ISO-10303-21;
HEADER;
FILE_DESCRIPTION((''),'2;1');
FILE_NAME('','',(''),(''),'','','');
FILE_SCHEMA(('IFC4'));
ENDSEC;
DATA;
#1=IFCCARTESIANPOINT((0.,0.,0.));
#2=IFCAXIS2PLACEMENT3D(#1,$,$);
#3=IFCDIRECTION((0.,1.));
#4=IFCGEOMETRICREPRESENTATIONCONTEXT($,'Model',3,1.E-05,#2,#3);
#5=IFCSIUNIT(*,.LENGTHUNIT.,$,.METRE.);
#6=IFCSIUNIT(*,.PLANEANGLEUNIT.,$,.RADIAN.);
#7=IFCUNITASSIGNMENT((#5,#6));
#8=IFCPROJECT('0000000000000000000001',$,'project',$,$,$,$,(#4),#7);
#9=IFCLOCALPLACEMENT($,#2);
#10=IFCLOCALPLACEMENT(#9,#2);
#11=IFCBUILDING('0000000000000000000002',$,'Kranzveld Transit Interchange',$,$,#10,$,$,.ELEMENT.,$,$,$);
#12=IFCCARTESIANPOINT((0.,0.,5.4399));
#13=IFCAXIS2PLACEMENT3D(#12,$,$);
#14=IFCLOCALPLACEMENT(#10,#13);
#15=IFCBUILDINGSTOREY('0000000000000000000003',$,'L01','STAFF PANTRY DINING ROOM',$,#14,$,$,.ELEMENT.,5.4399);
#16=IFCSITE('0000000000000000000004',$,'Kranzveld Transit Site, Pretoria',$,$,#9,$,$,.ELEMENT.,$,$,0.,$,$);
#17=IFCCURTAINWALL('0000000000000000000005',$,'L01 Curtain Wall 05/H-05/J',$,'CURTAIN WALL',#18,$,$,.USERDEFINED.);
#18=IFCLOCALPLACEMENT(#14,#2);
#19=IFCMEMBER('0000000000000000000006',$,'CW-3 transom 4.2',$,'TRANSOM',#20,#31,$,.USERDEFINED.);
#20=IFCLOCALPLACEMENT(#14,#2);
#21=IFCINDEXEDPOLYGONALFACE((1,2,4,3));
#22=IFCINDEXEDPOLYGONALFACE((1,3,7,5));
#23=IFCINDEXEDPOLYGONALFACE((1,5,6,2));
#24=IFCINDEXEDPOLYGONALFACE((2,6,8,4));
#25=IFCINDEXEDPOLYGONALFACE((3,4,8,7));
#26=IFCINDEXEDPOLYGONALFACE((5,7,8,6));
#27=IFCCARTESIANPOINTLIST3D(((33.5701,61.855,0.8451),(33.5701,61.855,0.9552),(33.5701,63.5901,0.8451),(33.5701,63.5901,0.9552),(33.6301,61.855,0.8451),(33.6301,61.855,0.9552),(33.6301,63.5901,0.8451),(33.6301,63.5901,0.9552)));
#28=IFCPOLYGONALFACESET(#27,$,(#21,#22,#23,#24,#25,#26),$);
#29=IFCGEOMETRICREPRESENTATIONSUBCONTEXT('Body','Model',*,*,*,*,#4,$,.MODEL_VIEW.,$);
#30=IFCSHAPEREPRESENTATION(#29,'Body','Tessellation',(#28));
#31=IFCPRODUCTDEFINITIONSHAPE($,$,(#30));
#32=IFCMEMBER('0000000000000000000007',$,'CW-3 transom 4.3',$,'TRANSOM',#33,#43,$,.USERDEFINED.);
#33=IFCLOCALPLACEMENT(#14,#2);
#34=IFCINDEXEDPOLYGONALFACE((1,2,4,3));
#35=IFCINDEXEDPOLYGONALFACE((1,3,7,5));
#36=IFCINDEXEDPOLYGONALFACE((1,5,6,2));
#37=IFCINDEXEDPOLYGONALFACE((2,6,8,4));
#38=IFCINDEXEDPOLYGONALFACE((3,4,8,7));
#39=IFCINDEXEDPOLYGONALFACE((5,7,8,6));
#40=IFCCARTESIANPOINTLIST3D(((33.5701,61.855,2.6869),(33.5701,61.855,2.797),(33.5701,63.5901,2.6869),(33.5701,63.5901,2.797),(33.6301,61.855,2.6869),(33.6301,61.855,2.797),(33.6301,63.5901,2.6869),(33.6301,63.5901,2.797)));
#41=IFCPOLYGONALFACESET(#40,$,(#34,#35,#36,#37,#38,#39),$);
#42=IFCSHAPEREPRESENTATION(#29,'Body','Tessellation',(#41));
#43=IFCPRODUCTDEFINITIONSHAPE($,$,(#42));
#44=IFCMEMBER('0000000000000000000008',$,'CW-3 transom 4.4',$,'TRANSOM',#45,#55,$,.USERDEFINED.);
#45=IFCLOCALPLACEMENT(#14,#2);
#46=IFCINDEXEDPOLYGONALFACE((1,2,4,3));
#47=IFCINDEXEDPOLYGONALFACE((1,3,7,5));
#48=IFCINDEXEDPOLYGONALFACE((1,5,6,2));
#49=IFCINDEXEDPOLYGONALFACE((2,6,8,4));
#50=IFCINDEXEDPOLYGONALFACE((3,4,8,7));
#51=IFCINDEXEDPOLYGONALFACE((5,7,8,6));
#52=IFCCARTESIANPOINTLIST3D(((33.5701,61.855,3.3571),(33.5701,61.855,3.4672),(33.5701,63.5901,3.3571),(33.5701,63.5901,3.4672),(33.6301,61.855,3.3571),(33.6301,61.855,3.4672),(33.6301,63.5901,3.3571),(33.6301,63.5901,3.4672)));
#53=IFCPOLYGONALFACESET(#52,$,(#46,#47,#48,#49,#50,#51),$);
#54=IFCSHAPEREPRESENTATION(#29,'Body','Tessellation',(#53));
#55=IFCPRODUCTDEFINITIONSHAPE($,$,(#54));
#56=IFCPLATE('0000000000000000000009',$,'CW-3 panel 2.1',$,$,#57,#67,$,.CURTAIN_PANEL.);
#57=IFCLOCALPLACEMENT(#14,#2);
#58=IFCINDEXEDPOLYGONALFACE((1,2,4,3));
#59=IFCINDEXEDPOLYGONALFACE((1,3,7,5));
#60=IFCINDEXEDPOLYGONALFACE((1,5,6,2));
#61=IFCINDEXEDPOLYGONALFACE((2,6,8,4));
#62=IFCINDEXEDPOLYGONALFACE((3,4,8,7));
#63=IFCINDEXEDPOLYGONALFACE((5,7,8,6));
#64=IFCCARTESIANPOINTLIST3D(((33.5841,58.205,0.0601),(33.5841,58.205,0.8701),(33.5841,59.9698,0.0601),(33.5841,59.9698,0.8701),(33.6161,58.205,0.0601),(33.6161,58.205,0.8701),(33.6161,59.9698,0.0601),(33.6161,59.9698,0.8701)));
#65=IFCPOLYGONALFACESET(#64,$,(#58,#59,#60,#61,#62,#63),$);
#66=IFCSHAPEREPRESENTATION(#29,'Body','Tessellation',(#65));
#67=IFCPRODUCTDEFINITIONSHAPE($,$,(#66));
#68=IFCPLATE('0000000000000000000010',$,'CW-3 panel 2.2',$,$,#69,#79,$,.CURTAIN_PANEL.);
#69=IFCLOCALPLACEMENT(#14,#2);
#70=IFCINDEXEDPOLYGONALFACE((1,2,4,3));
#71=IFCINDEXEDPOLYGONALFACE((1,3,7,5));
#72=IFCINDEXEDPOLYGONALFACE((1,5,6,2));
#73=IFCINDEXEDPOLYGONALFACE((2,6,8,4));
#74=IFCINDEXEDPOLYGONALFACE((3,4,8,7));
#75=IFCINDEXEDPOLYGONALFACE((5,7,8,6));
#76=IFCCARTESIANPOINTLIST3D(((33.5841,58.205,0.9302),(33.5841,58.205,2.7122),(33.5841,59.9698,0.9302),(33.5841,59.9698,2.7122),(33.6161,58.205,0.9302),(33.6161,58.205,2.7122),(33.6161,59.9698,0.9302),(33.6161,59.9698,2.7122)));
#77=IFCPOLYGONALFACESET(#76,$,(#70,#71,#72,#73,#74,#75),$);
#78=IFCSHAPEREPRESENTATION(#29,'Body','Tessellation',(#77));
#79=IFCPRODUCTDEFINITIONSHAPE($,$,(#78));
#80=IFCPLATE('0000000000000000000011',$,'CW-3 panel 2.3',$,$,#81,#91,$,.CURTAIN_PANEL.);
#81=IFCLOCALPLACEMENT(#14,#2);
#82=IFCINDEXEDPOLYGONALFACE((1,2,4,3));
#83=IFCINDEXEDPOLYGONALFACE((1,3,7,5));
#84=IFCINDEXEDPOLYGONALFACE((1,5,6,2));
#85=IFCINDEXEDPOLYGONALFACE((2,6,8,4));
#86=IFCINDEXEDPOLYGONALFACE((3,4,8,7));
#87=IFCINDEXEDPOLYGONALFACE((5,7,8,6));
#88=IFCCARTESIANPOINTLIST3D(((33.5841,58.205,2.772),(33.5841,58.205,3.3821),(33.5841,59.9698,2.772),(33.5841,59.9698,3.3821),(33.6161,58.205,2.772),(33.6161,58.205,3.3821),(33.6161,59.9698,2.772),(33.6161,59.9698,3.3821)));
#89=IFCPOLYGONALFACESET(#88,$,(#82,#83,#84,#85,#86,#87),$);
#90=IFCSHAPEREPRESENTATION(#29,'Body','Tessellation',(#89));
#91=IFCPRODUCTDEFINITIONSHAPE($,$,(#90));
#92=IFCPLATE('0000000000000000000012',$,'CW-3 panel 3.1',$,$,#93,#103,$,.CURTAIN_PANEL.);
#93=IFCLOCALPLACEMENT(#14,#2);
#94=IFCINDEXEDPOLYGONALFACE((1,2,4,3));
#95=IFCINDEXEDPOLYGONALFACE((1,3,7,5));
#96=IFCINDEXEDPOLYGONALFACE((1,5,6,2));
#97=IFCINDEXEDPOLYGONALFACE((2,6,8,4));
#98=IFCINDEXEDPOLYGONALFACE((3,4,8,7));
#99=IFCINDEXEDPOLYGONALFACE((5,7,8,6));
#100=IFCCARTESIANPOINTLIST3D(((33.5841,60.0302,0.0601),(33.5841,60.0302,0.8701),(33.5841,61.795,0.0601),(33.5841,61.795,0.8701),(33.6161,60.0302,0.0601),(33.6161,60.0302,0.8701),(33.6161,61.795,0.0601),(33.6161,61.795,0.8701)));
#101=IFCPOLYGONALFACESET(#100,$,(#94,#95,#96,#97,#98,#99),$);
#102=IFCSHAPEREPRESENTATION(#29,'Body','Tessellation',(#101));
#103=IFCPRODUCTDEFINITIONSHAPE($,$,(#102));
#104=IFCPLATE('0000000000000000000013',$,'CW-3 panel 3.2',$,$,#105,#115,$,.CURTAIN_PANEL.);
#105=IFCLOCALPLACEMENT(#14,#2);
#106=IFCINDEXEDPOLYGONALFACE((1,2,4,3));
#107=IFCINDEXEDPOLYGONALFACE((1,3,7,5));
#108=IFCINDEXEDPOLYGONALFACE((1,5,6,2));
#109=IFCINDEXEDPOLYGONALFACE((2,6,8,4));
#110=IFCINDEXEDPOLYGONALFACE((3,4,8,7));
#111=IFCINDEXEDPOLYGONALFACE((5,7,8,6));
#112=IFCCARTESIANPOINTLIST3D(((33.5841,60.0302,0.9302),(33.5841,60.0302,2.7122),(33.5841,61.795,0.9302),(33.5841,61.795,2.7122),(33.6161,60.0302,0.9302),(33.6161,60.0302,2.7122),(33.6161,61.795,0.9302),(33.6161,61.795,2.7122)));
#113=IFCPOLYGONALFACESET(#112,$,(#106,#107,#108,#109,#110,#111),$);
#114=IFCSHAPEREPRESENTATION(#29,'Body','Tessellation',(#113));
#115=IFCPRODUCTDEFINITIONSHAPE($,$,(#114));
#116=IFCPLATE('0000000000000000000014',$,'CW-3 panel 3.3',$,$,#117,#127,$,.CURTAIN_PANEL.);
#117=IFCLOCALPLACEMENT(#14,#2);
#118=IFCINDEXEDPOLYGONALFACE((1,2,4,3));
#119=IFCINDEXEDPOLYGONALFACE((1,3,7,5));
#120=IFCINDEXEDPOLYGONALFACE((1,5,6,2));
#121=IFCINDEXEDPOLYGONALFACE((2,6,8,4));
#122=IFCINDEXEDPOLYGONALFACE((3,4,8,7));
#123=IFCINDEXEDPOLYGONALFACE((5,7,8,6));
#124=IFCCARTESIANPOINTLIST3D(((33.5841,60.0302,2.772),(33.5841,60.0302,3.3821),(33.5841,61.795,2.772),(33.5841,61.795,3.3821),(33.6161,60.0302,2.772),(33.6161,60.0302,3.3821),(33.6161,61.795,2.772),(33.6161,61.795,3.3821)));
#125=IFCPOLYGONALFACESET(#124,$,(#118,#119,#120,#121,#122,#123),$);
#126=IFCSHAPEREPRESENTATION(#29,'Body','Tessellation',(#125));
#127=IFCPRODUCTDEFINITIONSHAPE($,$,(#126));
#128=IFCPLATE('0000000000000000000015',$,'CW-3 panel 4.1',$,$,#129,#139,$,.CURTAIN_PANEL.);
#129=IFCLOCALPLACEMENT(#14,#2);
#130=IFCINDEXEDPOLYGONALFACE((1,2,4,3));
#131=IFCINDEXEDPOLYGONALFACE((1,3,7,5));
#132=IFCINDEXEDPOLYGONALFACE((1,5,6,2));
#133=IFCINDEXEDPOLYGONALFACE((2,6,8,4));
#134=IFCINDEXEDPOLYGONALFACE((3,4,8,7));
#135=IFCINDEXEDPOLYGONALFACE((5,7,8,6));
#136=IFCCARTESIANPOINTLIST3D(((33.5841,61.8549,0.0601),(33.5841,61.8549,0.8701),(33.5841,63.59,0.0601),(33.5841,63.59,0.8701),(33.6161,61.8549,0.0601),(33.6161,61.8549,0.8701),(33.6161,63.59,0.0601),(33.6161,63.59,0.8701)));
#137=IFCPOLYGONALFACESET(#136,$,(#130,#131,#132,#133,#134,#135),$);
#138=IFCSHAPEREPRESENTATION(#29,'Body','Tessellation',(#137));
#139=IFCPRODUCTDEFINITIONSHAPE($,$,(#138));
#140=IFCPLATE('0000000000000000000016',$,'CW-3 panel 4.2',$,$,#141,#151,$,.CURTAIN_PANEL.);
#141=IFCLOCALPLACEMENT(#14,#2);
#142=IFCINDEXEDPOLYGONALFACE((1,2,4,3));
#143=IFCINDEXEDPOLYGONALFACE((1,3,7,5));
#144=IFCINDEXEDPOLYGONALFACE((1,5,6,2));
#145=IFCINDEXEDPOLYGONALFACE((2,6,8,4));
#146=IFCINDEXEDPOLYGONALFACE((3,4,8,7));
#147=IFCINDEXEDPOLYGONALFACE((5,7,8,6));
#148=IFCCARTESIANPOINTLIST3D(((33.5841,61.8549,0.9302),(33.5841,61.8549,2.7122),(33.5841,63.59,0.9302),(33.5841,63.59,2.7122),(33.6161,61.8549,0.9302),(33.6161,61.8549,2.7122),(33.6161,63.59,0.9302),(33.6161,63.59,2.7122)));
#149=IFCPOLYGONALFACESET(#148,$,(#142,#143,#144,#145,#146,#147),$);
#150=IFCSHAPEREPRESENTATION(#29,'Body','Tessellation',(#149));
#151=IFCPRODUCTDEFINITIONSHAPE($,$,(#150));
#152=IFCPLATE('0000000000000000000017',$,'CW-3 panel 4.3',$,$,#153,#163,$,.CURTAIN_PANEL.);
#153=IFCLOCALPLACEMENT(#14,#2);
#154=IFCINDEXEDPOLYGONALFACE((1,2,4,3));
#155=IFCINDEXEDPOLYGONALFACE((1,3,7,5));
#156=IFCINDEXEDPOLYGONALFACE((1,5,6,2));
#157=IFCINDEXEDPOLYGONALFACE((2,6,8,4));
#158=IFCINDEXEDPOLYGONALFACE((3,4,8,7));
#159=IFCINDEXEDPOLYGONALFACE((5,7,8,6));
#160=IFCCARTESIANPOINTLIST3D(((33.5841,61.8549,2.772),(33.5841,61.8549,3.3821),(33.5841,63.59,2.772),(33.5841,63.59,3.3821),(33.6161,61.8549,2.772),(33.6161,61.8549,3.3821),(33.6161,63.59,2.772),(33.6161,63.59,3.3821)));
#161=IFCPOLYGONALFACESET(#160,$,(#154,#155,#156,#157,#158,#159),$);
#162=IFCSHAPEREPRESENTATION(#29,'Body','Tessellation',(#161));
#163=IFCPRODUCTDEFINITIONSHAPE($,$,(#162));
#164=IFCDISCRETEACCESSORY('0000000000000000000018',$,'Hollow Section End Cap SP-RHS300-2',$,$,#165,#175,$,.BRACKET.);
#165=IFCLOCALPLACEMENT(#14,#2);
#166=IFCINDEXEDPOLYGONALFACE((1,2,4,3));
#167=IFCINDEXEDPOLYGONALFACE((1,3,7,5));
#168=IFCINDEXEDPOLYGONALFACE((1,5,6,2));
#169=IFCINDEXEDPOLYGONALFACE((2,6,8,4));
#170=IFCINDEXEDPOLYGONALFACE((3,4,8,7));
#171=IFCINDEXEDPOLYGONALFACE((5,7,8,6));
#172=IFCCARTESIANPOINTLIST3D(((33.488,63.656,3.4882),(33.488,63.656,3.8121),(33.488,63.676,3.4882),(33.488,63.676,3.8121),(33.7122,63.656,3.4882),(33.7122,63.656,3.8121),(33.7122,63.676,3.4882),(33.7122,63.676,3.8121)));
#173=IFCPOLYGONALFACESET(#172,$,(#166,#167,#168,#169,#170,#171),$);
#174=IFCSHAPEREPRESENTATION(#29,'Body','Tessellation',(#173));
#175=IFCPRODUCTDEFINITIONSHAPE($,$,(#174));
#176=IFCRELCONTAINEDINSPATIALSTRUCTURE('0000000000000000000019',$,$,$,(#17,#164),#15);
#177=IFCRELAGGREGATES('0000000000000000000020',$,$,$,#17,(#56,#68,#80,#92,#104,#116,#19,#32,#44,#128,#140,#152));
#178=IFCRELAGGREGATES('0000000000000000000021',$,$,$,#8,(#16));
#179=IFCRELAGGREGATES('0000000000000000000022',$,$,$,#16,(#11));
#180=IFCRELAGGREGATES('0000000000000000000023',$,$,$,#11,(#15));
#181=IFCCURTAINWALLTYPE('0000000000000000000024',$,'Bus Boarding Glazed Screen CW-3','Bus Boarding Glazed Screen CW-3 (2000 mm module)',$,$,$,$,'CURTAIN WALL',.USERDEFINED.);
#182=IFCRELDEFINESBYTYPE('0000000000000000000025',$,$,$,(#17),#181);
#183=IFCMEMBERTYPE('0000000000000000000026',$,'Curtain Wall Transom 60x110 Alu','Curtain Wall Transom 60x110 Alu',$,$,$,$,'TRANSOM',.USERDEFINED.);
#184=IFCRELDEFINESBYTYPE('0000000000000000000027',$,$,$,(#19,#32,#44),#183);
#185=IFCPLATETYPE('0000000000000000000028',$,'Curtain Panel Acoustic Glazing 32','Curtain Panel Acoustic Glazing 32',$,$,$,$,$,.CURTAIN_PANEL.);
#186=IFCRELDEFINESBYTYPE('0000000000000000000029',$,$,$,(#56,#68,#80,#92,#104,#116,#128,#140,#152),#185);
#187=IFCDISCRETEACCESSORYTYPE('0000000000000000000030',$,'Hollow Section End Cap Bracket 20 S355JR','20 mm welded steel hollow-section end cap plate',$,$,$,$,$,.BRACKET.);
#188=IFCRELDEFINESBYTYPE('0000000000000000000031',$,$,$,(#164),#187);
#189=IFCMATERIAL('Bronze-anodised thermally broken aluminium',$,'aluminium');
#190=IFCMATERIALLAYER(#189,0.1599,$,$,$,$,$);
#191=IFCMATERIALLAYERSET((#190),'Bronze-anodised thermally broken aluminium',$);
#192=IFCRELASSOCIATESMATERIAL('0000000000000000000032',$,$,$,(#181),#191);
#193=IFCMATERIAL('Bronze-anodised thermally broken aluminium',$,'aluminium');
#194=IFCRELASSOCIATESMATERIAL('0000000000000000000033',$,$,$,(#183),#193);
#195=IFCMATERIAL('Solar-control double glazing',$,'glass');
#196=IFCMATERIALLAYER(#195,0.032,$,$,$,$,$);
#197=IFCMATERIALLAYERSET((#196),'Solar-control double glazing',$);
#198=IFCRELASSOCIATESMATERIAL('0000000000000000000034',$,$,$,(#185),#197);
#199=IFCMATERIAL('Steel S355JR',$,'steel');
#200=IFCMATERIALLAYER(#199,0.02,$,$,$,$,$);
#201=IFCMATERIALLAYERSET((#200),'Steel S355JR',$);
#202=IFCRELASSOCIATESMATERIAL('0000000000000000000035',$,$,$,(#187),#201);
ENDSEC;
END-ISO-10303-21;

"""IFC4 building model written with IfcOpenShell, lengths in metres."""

from ifc_helpers import new_model, si_unit, direction, frame, origin, origin_2d, place, context, subcontext, project, spatial, rectangle, extrude, material, layer, layer_set, material_profile, profile_set, type_object, element, aggregate, save


model = new_model("IFC4")

# Units and contexts
model_context = context("Model", 3, precision=1e-05, world=origin(), true_north=direction((0.0, 1.0)))
body_context = subcontext(model_context, "Body", "Model", "MODEL_VIEW")
ifc_project = project(units=[si_unit("LENGTHUNIT", "METRE"), si_unit("PLANEANGLEUNIT", "RADIAN")], contexts=[model_context])

# Site, building, storey
site_placement = place(None, origin())
site = spatial("IfcSite", under=ifc_project, at=site_placement, Name="Kranzveld Transit Site, Pretoria", CompositionType="ELEMENT", RefElevation=0.0)
building_placement = place(site_placement, origin())
building = spatial("IfcBuilding", under=site, at=building_placement, Name="Kranzveld Transit Interchange", CompositionType="ELEMENT")
storey_placement = place(building_placement, frame((0.0, 0.0, 5.4399)))
storey = spatial("IfcBuildingStorey", under=building, at=storey_placement, Name="L01", Description="STAFF PANTRY DINING ROOM", CompositionType="ELEMENT", Elevation=5.4399)

# Curtain wall, members, plates
ifc_material_1 = material(Name="Bronze-anodised thermally broken aluminium", Category="aluminium")
ifc_layer_1 = layer(ifc_material_1, 0.1599)
ifc_layer_set_1 = layer_set([ifc_layer_1], Name="Bronze-anodised thermally broken aluminium")
curtain_wall_type = type_object("IfcCurtainWallType", Name="Bus Boarding Glazed Screen CW-3", Description="Bus Boarding Glazed Screen CW-3 (2000 mm module)", ElementType="CURTAIN WALL", PredefinedType="USERDEFINED", material=ifc_layer_set_1)
curtain_wall_placement = place(storey_placement, origin())
curtain_wall = element("IfcCurtainWall", 1, at=curtain_wall_placement, inside=storey, type_object=curtain_wall_type, Name="L01 Curtain Wall 05/H-05/J", ObjectType="CURTAIN WALL", PredefinedType="USERDEFINED")
ifc_material_2 = material(Name="Bronze-anodised thermally broken aluminium", Category="aluminium")
ifc_material_profile_1 = material_profile(ifc_material_2, rectangle(XDim=0.0601, YDim=0.1101, at=origin_2d()), Name="ALU TRANSOM 60x110")
ifc_profile_set_1 = profile_set([ifc_material_profile_1], Name="Bronze-anodised thermally broken aluminium")
member_type_1 = type_object("IfcMemberType", Name="Curtain Wall Transom 60x110 Alu", Description="Curtain Wall Transom 60x110 Alu", ElementType="TRANSOM", PredefinedType="USERDEFINED", material=ifc_profile_set_1)
member_1_placement = place(storey_placement, frame((33.6001, 61.855, 0.9001), z_axis=(0.0, 1.0, 0.0), x_axis=(-1.0, 0.0, 0.0)))
member_1 = element("IfcMember", 2, at=member_1_placement, type_object=member_type_1, Name="CW-3 transom 4.2", ObjectType="TRANSOM", PredefinedType="USERDEFINED", context=body_context, shape_type="SweptSolid", body=[
    extrude(rectangle(XDim=0.0601, YDim=0.1101, at=origin_2d()), origin(), (0.0, 0.0, 1.0), 1.7351),
])
member_2_placement = place(storey_placement, frame((33.6001, 61.855, 2.7419), z_axis=(0.0, 1.0, 0.0), x_axis=(-1.0, 0.0, 0.0)))
member_2 = element("IfcMember", 3, at=member_2_placement, type_object=member_type_1, Name="CW-3 transom 4.3", ObjectType="TRANSOM", PredefinedType="USERDEFINED", context=body_context, shape_type="SweptSolid", body=[
    extrude(rectangle(XDim=0.0601, YDim=0.1101, at=origin_2d()), origin(), (0.0, 0.0, 1.0), 1.7351),
])
member_3_placement = place(storey_placement, frame((33.6001, 61.855, 3.4121), z_axis=(0.0, 1.0, 0.0), x_axis=(-1.0, 0.0, 0.0)))
member_3 = element("IfcMember", 4, at=member_3_placement, type_object=member_type_1, Name="CW-3 transom 4.4", ObjectType="TRANSOM", PredefinedType="USERDEFINED", context=body_context, shape_type="SweptSolid", body=[
    extrude(rectangle(XDim=0.0601, YDim=0.1101, at=origin_2d()), origin(), (0.0, 0.0, 1.0), 1.7351),
])
ifc_material_3 = material(Name="Solar-control double glazing", Category="glass")
ifc_layer_2 = layer(ifc_material_3, 0.032)
ifc_layer_set_2 = layer_set([ifc_layer_2], Name="Solar-control double glazing")
plate_type = type_object("IfcPlateType", Name="Curtain Panel Acoustic Glazing 32", Description="Curtain Panel Acoustic Glazing 32", PredefinedType="CURTAIN_PANEL", material=ifc_layer_set_2)
plate_1_placement = place(storey_placement, frame((33.6001, 59.0874, 0.0601), z_axis=(0.0, 0.0, 1.0), x_axis=(0.0, 1.0, 0.0)))
plate_1 = element("IfcPlate", 5, at=plate_1_placement, type_object=plate_type, Name="CW-3 panel 2.1", PredefinedType="CURTAIN_PANEL", context=body_context, shape_type="SweptSolid", body=[
    extrude(rectangle(XDim=1.7649, YDim=0.032, at=origin_2d()), origin(), (0.0, 0.0, 1.0), 0.8101),
])
plate_2_placement = place(storey_placement, frame((33.6001, 59.0874, 0.9302), z_axis=(0.0, 0.0, 1.0), x_axis=(0.0, 1.0, 0.0)))
plate_2 = element("IfcPlate", 6, at=plate_2_placement, type_object=plate_type, Name="CW-3 panel 2.2", PredefinedType="CURTAIN_PANEL", context=body_context, shape_type="SweptSolid", body=[
    extrude(rectangle(XDim=1.7649, YDim=0.032, at=origin_2d()), origin(), (0.0, 0.0, 1.0), 1.782),
])
plate_3_placement = place(storey_placement, frame((33.6001, 59.0874, 2.772), z_axis=(0.0, 0.0, 1.0), x_axis=(0.0, 1.0, 0.0)))
plate_3 = element("IfcPlate", 7, at=plate_3_placement, type_object=plate_type, Name="CW-3 panel 2.3", PredefinedType="CURTAIN_PANEL", context=body_context, shape_type="SweptSolid", body=[
    extrude(rectangle(XDim=1.7649, YDim=0.032, at=origin_2d()), origin(), (0.0, 0.0, 1.0), 0.6101),
])
plate_4_placement = place(storey_placement, frame((33.6001, 60.9126, 0.0601), z_axis=(0.0, 0.0, 1.0), x_axis=(0.0, 1.0, 0.0)))
plate_4 = element("IfcPlate", 8, at=plate_4_placement, type_object=plate_type, Name="CW-3 panel 3.1", PredefinedType="CURTAIN_PANEL", context=body_context, shape_type="SweptSolid", body=[
    extrude(rectangle(XDim=1.7649, YDim=0.032, at=origin_2d()), origin(), (0.0, 0.0, 1.0), 0.8101),
])
plate_5_placement = place(storey_placement, frame((33.6001, 60.9126, 0.9302), z_axis=(0.0, 0.0, 1.0), x_axis=(0.0, 1.0, 0.0)))
plate_5 = element("IfcPlate", 9, at=plate_5_placement, type_object=plate_type, Name="CW-3 panel 3.2", PredefinedType="CURTAIN_PANEL", context=body_context, shape_type="SweptSolid", body=[
    extrude(rectangle(XDim=1.7649, YDim=0.032, at=origin_2d()), origin(), (0.0, 0.0, 1.0), 1.782),
])
plate_6_placement = place(storey_placement, frame((33.6001, 60.9126, 2.772), z_axis=(0.0, 0.0, 1.0), x_axis=(0.0, 1.0, 0.0)))
plate_6 = element("IfcPlate", 10, at=plate_6_placement, type_object=plate_type, Name="CW-3 panel 3.3", PredefinedType="CURTAIN_PANEL", context=body_context, shape_type="SweptSolid", body=[
    extrude(rectangle(XDim=1.7649, YDim=0.032, at=origin_2d()), origin(), (0.0, 0.0, 1.0), 0.6101),
])
plate_7_placement = place(storey_placement, frame((33.6001, 62.7224, 0.0601), z_axis=(0.0, 0.0, 1.0), x_axis=(0.0, 1.0, 0.0)))
plate_7 = element("IfcPlate", 11, at=plate_7_placement, type_object=plate_type, Name="CW-3 panel 4.1", PredefinedType="CURTAIN_PANEL", context=body_context, shape_type="SweptSolid", body=[
    extrude(rectangle(XDim=1.7351, YDim=0.032, at=origin_2d()), origin(), (0.0, 0.0, 1.0), 0.8101),
])
plate_8_placement = place(storey_placement, frame((33.6001, 62.7224, 0.9302), z_axis=(0.0, 0.0, 1.0), x_axis=(0.0, 1.0, 0.0)))
plate_8 = element("IfcPlate", 12, at=plate_8_placement, type_object=plate_type, Name="CW-3 panel 4.2", PredefinedType="CURTAIN_PANEL", context=body_context, shape_type="SweptSolid", body=[
    extrude(rectangle(XDim=1.7351, YDim=0.032, at=origin_2d()), origin(), (0.0, 0.0, 1.0), 1.782),
])
plate_9_placement = place(storey_placement, frame((33.6001, 62.7224, 2.772), z_axis=(0.0, 0.0, 1.0), x_axis=(0.0, 1.0, 0.0)))
plate_9 = element("IfcPlate", 13, at=plate_9_placement, type_object=plate_type, Name="CW-3 panel 4.3", PredefinedType="CURTAIN_PANEL", context=body_context, shape_type="SweptSolid", body=[
    extrude(rectangle(XDim=1.7351, YDim=0.032, at=origin_2d()), origin(), (0.0, 0.0, 1.0), 0.6101),
])
aggregate(curtain_wall, [plate_1, plate_2, plate_3, plate_4, plate_5, plate_6, member_1, member_2, member_3, plate_7, plate_8, plate_9])

# Discrete accessory
ifc_material_4 = material(Name="Steel S355JR", Category="steel")
ifc_layer_3 = layer(ifc_material_4, 0.02)
ifc_layer_set_3 = layer_set([ifc_layer_3], Name="Steel S355JR")
discrete_accessory_type = type_object("IfcDiscreteAccessoryType", Name="Hollow Section End Cap Bracket 20 S355JR", Description="20 mm welded steel hollow-section end cap plate", PredefinedType="BRACKET", material=ifc_layer_set_3)
discrete_accessory_placement = place(storey_placement, frame((33.6001, 63.656, 3.6501), z_axis=(0.0, 1.0, 0.0), x_axis=(-1.0, 0.0, 0.0)))
element("IfcDiscreteAccessory", 14, at=discrete_accessory_placement, inside=storey, type_object=discrete_accessory_type, Name="Hollow Section End Cap SP-RHS300-2", PredefinedType="BRACKET", context=body_context, shape_type="SweptSolid", body=[
    extrude(rectangle(XDim=0.2241, YDim=0.324, at=origin_2d()), origin(), (0.0, 0.0, 1.0), 0.02),
])

save(model, "model.ifc")
